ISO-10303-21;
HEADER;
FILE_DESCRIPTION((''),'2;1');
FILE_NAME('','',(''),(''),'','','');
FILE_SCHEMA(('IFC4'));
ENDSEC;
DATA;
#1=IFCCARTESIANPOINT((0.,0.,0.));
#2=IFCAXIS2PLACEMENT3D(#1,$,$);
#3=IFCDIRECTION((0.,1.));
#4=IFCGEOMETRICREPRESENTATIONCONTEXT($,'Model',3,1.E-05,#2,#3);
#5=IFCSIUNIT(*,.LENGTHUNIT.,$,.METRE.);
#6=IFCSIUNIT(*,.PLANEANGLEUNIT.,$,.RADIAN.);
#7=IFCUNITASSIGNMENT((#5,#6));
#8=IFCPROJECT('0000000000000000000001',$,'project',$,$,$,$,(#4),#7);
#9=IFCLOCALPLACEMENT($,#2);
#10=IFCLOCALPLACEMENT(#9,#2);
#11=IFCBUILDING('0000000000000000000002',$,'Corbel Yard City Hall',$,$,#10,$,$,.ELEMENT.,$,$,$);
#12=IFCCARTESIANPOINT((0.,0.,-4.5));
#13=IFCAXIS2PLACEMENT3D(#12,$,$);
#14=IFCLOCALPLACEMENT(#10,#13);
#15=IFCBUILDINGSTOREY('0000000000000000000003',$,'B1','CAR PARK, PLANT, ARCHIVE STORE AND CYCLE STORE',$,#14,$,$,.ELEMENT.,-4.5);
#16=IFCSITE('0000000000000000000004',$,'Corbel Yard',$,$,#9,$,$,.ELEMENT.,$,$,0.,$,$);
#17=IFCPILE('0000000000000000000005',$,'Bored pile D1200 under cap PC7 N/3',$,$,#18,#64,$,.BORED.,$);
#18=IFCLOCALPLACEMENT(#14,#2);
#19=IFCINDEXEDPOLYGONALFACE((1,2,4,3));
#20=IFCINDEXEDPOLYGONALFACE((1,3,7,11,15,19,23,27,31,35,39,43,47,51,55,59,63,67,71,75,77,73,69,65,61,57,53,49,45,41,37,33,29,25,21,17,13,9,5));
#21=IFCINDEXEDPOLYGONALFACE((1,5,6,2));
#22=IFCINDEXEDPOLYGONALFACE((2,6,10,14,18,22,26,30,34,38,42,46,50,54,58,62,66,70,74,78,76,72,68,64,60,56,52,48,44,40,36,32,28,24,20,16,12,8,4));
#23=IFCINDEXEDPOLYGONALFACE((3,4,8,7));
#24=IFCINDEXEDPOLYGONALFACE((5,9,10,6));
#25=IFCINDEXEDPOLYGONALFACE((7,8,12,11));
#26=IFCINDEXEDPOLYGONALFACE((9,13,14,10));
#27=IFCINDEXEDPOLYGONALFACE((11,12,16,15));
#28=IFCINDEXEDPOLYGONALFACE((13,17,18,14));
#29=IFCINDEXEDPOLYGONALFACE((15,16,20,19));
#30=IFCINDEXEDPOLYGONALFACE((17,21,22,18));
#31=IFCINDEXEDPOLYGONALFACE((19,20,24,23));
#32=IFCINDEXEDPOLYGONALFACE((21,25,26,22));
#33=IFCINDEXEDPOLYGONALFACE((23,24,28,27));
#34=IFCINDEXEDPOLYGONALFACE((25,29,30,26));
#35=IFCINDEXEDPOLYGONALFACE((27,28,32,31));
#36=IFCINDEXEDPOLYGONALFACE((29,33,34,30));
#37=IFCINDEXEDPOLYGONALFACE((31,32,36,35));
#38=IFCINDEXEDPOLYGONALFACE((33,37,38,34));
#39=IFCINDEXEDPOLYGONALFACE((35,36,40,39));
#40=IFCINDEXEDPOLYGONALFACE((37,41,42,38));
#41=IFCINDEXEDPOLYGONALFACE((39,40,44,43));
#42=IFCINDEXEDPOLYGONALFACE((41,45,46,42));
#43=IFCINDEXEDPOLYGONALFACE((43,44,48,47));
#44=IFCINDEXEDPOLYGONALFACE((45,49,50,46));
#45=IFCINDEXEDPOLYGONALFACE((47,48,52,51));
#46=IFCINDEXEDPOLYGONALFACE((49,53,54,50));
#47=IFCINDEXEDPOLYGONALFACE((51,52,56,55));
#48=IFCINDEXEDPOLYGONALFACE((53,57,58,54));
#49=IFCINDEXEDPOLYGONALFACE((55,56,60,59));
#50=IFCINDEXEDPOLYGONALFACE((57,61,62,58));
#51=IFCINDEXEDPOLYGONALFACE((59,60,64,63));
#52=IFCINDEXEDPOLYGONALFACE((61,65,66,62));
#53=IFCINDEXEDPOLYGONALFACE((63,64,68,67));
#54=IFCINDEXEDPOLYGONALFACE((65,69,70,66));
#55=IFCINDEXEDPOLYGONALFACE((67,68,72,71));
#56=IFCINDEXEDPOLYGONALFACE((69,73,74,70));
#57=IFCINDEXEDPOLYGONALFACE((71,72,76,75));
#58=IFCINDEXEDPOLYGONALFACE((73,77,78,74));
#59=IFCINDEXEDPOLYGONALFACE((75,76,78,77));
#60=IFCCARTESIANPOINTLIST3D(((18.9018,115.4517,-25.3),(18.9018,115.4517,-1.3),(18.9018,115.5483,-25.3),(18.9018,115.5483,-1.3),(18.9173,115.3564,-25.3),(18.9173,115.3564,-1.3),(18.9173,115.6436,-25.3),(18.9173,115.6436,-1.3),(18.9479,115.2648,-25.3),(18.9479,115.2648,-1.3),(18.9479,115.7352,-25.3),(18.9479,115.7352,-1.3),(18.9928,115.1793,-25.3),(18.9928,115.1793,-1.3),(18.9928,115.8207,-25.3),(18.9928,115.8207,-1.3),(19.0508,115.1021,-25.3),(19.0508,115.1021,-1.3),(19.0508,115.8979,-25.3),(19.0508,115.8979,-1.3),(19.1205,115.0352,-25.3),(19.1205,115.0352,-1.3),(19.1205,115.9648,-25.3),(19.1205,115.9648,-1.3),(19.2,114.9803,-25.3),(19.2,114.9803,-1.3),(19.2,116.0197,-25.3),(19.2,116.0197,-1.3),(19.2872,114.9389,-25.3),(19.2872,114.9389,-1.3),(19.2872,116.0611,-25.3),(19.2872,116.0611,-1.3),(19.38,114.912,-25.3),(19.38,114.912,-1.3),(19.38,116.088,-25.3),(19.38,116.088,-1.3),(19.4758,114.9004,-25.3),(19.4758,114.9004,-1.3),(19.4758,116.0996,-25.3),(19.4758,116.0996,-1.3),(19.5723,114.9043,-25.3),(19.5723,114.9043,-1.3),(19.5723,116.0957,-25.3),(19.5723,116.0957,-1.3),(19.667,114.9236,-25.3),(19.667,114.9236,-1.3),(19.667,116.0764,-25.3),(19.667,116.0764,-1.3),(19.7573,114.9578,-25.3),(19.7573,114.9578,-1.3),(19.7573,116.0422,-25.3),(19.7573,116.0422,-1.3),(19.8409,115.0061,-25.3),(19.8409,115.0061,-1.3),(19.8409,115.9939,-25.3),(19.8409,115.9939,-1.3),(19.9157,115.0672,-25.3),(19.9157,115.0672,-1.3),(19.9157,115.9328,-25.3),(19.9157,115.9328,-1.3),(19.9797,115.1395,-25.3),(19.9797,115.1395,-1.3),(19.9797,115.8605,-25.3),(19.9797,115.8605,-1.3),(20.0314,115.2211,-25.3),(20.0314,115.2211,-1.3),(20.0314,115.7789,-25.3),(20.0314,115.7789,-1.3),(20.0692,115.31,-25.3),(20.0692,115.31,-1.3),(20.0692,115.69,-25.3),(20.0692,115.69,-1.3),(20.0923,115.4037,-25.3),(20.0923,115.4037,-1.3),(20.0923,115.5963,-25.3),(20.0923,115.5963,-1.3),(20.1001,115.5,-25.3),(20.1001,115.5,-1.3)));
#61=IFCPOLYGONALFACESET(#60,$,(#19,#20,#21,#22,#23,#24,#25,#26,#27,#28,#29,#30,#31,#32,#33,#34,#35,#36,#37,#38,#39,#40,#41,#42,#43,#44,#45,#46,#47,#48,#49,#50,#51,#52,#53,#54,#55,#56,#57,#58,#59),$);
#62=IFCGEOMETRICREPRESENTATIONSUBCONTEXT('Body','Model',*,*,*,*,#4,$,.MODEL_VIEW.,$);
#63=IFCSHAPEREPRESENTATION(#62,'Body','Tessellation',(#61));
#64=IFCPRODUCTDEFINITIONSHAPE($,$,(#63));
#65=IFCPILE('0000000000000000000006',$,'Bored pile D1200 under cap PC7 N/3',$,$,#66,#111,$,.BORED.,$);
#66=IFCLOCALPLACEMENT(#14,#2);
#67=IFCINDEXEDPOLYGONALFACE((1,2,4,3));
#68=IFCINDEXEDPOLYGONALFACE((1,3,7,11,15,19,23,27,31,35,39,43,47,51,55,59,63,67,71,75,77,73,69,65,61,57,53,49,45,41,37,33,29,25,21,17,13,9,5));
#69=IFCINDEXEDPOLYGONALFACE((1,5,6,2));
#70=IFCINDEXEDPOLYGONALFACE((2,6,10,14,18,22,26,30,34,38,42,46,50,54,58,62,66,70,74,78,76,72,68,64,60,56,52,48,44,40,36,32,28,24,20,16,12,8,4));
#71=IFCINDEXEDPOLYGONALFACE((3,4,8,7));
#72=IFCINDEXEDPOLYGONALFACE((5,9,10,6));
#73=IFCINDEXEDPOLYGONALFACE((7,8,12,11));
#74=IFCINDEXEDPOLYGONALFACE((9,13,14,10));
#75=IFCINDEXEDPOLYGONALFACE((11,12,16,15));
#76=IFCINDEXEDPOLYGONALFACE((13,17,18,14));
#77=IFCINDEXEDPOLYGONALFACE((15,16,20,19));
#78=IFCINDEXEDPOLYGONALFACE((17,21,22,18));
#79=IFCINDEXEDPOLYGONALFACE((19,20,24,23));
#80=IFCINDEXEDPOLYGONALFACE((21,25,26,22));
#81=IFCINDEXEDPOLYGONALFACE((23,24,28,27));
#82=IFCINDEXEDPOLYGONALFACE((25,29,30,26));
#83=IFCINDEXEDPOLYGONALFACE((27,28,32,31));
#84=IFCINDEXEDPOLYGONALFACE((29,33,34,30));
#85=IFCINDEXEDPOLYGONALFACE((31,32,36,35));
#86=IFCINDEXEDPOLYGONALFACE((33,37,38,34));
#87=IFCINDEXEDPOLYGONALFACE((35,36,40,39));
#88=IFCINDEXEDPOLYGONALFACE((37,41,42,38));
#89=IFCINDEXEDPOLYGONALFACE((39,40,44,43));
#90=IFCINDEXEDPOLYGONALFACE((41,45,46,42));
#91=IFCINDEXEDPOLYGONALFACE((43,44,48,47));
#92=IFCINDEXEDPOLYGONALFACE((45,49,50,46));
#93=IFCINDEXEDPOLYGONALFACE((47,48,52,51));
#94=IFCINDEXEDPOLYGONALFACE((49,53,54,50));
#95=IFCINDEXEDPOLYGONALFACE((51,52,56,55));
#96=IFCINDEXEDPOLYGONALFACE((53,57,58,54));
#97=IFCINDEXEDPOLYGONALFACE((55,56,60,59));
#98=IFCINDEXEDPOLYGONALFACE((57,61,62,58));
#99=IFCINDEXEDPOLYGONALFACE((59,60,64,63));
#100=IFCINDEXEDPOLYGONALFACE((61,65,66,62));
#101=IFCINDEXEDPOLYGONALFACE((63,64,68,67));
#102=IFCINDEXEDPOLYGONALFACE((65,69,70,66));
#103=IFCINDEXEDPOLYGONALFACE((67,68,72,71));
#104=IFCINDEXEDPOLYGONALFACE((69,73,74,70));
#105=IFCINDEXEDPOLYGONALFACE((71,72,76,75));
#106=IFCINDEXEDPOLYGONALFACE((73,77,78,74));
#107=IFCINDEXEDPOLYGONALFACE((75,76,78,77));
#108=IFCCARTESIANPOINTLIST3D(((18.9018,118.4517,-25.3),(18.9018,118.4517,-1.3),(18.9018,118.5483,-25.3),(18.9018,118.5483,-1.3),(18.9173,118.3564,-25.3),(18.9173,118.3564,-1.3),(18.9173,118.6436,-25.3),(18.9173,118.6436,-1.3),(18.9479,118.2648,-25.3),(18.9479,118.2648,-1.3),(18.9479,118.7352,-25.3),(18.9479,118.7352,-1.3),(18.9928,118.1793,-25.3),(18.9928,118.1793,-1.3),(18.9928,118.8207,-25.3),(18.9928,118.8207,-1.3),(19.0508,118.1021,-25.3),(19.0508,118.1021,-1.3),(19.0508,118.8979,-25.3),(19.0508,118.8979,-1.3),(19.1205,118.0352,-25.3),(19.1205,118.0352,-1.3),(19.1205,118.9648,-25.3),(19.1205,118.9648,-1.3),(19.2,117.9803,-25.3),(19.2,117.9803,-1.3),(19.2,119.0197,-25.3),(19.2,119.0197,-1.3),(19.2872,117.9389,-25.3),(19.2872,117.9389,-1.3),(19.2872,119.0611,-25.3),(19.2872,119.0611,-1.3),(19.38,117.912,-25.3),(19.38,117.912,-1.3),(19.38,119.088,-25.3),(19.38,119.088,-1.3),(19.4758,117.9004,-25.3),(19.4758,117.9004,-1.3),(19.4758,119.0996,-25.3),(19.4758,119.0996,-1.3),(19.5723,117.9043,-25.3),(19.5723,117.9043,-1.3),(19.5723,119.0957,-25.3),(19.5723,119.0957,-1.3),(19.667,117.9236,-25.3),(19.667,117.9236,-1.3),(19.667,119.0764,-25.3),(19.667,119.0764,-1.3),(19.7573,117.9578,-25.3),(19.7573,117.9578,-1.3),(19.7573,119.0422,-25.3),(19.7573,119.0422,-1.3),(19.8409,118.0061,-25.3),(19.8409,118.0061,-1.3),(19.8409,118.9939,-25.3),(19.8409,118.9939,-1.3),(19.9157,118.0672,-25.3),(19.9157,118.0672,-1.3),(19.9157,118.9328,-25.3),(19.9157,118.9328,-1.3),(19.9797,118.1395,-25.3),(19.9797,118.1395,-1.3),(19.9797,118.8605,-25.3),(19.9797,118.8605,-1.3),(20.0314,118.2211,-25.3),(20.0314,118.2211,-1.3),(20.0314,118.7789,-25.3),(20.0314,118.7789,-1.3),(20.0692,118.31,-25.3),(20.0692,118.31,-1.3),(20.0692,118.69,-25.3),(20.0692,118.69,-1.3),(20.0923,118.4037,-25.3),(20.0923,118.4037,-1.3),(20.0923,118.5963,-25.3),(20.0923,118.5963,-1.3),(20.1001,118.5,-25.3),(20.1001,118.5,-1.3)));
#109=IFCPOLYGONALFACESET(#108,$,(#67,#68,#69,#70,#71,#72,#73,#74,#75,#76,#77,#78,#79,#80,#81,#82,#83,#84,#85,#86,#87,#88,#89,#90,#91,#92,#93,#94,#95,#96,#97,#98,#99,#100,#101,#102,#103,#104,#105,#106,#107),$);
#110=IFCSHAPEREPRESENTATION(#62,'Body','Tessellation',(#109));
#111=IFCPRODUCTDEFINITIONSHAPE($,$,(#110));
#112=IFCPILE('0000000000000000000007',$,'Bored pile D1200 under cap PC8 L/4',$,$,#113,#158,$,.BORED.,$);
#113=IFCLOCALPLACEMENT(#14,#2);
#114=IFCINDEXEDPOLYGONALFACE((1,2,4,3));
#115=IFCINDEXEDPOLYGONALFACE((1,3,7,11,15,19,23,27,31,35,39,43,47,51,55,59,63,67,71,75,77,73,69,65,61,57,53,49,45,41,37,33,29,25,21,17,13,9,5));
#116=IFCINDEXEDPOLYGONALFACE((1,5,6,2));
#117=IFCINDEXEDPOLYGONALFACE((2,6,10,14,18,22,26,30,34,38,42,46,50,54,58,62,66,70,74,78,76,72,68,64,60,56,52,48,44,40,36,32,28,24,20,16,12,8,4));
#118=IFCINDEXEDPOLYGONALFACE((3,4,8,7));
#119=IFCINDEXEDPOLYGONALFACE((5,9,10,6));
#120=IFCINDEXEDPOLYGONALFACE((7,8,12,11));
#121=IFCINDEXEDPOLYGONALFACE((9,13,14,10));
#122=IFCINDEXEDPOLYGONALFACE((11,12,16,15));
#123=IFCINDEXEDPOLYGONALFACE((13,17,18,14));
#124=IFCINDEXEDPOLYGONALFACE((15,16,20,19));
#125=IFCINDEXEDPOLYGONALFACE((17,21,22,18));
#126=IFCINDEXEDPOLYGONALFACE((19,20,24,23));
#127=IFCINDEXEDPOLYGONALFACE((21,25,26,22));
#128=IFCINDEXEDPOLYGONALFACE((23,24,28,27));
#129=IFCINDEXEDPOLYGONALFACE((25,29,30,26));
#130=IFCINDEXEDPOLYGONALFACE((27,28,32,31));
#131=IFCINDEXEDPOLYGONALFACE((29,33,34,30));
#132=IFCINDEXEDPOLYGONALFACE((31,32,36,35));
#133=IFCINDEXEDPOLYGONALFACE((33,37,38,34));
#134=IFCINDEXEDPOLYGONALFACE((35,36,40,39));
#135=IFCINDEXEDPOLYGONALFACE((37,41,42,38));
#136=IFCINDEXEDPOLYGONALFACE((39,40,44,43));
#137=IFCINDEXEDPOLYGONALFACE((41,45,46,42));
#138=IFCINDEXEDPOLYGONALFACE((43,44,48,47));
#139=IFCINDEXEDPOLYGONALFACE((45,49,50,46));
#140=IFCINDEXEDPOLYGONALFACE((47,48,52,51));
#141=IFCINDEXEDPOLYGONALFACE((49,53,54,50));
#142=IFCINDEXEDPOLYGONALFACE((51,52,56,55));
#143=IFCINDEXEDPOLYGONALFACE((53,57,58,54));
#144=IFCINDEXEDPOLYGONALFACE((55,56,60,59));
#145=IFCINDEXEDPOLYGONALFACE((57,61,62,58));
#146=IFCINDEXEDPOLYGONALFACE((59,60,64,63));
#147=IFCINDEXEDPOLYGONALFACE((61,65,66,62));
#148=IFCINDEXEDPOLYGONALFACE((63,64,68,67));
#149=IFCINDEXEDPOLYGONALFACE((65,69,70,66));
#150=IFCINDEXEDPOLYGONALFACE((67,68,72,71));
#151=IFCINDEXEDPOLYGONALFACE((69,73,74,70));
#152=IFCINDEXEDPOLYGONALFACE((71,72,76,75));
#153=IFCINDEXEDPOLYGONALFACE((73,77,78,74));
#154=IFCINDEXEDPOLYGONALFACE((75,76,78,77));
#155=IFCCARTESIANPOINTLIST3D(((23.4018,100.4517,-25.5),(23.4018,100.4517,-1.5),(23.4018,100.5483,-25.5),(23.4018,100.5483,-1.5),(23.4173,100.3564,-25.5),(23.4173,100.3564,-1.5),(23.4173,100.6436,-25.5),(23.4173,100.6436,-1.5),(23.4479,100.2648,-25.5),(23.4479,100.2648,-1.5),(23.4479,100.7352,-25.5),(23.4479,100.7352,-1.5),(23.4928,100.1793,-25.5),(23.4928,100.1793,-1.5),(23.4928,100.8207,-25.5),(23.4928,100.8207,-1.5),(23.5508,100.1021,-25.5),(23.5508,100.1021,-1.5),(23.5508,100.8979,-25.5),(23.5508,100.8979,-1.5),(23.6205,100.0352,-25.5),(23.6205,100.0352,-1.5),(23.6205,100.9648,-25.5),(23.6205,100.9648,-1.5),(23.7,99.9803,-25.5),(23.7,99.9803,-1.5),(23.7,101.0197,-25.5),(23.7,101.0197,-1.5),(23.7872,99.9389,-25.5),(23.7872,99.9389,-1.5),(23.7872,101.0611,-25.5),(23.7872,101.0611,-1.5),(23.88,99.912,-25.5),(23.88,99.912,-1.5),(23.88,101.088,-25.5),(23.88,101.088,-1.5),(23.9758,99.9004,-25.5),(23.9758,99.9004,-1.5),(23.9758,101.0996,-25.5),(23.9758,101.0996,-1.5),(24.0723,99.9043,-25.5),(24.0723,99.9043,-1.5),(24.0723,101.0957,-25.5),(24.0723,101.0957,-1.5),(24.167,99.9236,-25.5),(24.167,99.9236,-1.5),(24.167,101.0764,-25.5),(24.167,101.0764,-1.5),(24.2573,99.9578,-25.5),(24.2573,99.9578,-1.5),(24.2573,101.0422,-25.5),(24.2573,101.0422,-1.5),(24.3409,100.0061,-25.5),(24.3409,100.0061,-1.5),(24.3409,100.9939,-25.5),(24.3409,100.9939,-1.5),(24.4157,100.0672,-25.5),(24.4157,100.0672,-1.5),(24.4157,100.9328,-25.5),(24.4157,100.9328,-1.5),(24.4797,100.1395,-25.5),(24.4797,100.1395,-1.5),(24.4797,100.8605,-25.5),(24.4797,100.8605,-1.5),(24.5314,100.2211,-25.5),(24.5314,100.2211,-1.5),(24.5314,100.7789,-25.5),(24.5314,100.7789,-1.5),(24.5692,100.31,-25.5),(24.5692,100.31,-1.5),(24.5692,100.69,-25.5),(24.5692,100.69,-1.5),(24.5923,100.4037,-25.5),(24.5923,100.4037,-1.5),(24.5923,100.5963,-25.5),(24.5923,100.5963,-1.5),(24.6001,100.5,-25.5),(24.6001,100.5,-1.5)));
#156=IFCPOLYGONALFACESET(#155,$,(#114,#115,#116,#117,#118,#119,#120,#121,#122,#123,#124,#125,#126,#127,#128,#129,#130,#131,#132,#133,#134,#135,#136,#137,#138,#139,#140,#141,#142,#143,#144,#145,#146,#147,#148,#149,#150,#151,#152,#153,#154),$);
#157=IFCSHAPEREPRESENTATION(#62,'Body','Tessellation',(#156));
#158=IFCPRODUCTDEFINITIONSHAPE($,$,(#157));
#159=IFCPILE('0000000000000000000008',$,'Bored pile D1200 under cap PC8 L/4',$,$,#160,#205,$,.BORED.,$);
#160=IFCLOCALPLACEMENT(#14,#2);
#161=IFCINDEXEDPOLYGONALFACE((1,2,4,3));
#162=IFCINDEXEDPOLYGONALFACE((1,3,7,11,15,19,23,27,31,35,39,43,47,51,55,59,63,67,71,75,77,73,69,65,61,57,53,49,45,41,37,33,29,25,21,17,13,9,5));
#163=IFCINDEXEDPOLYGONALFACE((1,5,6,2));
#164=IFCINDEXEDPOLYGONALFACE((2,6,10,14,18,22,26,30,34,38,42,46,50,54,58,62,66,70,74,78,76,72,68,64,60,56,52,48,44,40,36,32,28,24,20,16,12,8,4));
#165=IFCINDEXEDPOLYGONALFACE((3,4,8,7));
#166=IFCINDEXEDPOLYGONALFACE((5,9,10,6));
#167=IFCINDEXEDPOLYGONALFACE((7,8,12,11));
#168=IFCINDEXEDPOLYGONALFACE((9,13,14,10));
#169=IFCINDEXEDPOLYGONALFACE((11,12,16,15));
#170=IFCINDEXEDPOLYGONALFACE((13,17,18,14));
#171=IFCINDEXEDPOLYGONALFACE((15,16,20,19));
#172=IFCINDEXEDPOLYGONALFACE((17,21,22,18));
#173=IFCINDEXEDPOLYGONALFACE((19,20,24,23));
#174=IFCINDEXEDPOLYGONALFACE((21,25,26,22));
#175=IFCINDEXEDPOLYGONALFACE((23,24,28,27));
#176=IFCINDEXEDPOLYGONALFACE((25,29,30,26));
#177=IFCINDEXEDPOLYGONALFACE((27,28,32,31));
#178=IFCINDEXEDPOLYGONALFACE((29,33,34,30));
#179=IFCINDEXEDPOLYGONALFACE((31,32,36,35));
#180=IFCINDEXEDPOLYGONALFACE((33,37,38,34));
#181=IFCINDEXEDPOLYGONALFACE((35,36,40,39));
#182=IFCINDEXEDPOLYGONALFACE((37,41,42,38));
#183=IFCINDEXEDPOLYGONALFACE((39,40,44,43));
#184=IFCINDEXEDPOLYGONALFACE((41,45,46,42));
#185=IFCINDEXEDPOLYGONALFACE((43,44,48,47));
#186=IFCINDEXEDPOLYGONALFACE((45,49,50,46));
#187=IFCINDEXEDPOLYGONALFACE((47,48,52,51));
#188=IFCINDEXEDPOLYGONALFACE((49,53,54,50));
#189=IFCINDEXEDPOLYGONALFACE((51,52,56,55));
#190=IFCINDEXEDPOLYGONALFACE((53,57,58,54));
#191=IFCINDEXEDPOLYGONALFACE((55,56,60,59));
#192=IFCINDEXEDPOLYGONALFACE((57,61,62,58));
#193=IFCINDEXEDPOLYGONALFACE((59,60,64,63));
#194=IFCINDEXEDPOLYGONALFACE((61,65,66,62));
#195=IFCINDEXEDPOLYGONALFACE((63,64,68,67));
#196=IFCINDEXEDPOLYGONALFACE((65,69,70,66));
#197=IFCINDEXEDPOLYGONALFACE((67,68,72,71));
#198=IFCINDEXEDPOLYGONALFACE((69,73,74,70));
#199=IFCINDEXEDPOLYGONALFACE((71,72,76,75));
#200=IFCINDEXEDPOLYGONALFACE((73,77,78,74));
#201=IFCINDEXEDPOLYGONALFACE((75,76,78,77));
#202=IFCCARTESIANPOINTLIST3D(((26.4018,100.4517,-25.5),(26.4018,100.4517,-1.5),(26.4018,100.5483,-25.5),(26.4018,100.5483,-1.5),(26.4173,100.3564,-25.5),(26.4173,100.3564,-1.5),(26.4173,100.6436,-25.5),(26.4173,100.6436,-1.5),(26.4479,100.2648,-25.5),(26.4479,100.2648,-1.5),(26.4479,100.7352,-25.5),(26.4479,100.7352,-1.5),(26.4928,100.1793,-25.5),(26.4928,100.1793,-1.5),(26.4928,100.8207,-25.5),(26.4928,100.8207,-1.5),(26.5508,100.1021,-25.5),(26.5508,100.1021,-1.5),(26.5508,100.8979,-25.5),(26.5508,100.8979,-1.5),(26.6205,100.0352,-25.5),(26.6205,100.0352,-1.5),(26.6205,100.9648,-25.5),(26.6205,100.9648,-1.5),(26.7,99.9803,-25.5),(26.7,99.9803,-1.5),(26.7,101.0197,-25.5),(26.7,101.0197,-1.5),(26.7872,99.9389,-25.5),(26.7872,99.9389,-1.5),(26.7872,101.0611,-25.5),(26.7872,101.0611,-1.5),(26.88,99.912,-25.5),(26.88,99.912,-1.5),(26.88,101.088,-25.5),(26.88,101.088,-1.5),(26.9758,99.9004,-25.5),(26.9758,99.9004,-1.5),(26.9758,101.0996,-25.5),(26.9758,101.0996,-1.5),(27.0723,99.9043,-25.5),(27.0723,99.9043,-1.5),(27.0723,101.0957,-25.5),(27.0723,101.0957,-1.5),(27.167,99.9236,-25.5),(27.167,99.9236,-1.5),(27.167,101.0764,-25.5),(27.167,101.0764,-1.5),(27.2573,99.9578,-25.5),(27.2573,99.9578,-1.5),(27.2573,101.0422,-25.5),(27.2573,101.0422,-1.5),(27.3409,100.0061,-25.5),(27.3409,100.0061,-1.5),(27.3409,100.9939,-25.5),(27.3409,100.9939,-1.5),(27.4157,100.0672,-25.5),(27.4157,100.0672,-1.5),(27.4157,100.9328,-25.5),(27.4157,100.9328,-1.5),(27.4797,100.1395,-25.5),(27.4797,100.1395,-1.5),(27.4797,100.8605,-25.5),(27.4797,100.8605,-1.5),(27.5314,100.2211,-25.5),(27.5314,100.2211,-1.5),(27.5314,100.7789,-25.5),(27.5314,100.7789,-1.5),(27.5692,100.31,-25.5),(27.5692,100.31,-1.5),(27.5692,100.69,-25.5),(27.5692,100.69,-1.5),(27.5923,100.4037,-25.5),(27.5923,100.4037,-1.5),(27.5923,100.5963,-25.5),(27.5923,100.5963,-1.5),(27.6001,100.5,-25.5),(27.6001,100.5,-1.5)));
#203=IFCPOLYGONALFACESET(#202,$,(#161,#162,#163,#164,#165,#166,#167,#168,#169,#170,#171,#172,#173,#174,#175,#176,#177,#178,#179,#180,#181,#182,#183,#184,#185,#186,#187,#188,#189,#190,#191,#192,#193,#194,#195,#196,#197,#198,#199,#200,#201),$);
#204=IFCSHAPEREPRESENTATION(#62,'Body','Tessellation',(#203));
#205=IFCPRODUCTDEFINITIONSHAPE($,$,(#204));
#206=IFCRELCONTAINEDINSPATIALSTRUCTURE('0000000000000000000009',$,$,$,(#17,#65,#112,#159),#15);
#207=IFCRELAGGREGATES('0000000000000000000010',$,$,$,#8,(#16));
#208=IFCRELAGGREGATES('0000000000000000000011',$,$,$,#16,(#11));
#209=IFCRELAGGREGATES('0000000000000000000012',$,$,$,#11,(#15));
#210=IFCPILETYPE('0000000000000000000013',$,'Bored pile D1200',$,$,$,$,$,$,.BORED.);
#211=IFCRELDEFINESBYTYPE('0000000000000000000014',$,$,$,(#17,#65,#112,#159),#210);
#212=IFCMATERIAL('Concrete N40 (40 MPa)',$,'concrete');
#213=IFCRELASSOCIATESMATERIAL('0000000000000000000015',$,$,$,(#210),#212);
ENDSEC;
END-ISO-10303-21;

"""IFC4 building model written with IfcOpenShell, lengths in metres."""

from ifc_helpers import new_model, si_unit, direction, frame, origin, origin_2d, place, context, subcontext, project, spatial, circle, extrude, material, material_profile, profile_set, type_object, element, save


model = new_model("IFC4")

# Units and contexts
model_context = context("Model", 3, precision=1e-05, world=origin(), true_north=direction((0.0, 1.0)))
body_context = subcontext(model_context, "Body", "Model", "MODEL_VIEW")
ifc_project = project(units=[si_unit("LENGTHUNIT", "METRE"), si_unit("PLANEANGLEUNIT", "RADIAN")], contexts=[model_context])

# Site, building, storey
site_placement = place(None, origin())
site = spatial("IfcSite", under=ifc_project, at=site_placement, Name="Corbel Yard", CompositionType="ELEMENT", RefElevation=0.0)
building_placement = place(site_placement, origin())
building = spatial("IfcBuilding", under=site, at=building_placement, Name="Corbel Yard City Hall", CompositionType="ELEMENT")
storey_placement = place(building_placement, frame((0.0, 0.0, -4.5)))
storey = spatial("IfcBuildingStorey", under=building, at=storey_placement, Name="B1", Description="CAR PARK, PLANT, ARCHIVE STORE AND CYCLE STORE", CompositionType="ELEMENT", Elevation=-4.5)

# Piles
ifc_material_1 = material(Name="Concrete N40 (40 MPa)", Category="concrete")
ifc_material_profile = material_profile(ifc_material_1, circle(Radius=0.6001, at=origin_2d()), Name="D1200")
ifc_profile_set = profile_set([ifc_material_profile], Name="Concrete N40 (40 MPa)")
pile_type = type_object("IfcPileType", Name="Bored pile D1200", PredefinedType="BORED", material=ifc_profile_set)
for number, where, z_axis, x_axis, name in (
    (1, (19.5, 115.5, -1.3), (0.0, 0.0, -1.0), (1.0, 0.0, 0.0), "Bored pile D1200 under cap PC7 N/3"),
    (2, (19.5, 118.5, -1.3), (0.0, 0.0, -1.0), (1.0, 0.0, 0.0), "Bored pile D1200 under cap PC7 N/3"),
    (3, (24.0, 100.5, -1.5), (0.0, 0.0, -1.0), (1.0, 0.0, 0.0), "Bored pile D1200 under cap PC8 L/4"),
    (4, (27.0, 100.5, -1.5), (0.0, 0.0, -1.0), (1.0, 0.0, 0.0), "Bored pile D1200 under cap PC8 L/4"),
):
    element("IfcPile", number, at=place(storey_placement, frame(where, z_axis=z_axis, x_axis=x_axis)), inside=storey, type_object=pile_type, Name=name, PredefinedType="BORED", context=body_context, shape_type="SweptSolid", body=[
        extrude(circle(Radius=0.6001, at=origin_2d()), origin(), (0.0, 0.0, 1.0), 24.0),
    ])

save(model, "model.ifc")
